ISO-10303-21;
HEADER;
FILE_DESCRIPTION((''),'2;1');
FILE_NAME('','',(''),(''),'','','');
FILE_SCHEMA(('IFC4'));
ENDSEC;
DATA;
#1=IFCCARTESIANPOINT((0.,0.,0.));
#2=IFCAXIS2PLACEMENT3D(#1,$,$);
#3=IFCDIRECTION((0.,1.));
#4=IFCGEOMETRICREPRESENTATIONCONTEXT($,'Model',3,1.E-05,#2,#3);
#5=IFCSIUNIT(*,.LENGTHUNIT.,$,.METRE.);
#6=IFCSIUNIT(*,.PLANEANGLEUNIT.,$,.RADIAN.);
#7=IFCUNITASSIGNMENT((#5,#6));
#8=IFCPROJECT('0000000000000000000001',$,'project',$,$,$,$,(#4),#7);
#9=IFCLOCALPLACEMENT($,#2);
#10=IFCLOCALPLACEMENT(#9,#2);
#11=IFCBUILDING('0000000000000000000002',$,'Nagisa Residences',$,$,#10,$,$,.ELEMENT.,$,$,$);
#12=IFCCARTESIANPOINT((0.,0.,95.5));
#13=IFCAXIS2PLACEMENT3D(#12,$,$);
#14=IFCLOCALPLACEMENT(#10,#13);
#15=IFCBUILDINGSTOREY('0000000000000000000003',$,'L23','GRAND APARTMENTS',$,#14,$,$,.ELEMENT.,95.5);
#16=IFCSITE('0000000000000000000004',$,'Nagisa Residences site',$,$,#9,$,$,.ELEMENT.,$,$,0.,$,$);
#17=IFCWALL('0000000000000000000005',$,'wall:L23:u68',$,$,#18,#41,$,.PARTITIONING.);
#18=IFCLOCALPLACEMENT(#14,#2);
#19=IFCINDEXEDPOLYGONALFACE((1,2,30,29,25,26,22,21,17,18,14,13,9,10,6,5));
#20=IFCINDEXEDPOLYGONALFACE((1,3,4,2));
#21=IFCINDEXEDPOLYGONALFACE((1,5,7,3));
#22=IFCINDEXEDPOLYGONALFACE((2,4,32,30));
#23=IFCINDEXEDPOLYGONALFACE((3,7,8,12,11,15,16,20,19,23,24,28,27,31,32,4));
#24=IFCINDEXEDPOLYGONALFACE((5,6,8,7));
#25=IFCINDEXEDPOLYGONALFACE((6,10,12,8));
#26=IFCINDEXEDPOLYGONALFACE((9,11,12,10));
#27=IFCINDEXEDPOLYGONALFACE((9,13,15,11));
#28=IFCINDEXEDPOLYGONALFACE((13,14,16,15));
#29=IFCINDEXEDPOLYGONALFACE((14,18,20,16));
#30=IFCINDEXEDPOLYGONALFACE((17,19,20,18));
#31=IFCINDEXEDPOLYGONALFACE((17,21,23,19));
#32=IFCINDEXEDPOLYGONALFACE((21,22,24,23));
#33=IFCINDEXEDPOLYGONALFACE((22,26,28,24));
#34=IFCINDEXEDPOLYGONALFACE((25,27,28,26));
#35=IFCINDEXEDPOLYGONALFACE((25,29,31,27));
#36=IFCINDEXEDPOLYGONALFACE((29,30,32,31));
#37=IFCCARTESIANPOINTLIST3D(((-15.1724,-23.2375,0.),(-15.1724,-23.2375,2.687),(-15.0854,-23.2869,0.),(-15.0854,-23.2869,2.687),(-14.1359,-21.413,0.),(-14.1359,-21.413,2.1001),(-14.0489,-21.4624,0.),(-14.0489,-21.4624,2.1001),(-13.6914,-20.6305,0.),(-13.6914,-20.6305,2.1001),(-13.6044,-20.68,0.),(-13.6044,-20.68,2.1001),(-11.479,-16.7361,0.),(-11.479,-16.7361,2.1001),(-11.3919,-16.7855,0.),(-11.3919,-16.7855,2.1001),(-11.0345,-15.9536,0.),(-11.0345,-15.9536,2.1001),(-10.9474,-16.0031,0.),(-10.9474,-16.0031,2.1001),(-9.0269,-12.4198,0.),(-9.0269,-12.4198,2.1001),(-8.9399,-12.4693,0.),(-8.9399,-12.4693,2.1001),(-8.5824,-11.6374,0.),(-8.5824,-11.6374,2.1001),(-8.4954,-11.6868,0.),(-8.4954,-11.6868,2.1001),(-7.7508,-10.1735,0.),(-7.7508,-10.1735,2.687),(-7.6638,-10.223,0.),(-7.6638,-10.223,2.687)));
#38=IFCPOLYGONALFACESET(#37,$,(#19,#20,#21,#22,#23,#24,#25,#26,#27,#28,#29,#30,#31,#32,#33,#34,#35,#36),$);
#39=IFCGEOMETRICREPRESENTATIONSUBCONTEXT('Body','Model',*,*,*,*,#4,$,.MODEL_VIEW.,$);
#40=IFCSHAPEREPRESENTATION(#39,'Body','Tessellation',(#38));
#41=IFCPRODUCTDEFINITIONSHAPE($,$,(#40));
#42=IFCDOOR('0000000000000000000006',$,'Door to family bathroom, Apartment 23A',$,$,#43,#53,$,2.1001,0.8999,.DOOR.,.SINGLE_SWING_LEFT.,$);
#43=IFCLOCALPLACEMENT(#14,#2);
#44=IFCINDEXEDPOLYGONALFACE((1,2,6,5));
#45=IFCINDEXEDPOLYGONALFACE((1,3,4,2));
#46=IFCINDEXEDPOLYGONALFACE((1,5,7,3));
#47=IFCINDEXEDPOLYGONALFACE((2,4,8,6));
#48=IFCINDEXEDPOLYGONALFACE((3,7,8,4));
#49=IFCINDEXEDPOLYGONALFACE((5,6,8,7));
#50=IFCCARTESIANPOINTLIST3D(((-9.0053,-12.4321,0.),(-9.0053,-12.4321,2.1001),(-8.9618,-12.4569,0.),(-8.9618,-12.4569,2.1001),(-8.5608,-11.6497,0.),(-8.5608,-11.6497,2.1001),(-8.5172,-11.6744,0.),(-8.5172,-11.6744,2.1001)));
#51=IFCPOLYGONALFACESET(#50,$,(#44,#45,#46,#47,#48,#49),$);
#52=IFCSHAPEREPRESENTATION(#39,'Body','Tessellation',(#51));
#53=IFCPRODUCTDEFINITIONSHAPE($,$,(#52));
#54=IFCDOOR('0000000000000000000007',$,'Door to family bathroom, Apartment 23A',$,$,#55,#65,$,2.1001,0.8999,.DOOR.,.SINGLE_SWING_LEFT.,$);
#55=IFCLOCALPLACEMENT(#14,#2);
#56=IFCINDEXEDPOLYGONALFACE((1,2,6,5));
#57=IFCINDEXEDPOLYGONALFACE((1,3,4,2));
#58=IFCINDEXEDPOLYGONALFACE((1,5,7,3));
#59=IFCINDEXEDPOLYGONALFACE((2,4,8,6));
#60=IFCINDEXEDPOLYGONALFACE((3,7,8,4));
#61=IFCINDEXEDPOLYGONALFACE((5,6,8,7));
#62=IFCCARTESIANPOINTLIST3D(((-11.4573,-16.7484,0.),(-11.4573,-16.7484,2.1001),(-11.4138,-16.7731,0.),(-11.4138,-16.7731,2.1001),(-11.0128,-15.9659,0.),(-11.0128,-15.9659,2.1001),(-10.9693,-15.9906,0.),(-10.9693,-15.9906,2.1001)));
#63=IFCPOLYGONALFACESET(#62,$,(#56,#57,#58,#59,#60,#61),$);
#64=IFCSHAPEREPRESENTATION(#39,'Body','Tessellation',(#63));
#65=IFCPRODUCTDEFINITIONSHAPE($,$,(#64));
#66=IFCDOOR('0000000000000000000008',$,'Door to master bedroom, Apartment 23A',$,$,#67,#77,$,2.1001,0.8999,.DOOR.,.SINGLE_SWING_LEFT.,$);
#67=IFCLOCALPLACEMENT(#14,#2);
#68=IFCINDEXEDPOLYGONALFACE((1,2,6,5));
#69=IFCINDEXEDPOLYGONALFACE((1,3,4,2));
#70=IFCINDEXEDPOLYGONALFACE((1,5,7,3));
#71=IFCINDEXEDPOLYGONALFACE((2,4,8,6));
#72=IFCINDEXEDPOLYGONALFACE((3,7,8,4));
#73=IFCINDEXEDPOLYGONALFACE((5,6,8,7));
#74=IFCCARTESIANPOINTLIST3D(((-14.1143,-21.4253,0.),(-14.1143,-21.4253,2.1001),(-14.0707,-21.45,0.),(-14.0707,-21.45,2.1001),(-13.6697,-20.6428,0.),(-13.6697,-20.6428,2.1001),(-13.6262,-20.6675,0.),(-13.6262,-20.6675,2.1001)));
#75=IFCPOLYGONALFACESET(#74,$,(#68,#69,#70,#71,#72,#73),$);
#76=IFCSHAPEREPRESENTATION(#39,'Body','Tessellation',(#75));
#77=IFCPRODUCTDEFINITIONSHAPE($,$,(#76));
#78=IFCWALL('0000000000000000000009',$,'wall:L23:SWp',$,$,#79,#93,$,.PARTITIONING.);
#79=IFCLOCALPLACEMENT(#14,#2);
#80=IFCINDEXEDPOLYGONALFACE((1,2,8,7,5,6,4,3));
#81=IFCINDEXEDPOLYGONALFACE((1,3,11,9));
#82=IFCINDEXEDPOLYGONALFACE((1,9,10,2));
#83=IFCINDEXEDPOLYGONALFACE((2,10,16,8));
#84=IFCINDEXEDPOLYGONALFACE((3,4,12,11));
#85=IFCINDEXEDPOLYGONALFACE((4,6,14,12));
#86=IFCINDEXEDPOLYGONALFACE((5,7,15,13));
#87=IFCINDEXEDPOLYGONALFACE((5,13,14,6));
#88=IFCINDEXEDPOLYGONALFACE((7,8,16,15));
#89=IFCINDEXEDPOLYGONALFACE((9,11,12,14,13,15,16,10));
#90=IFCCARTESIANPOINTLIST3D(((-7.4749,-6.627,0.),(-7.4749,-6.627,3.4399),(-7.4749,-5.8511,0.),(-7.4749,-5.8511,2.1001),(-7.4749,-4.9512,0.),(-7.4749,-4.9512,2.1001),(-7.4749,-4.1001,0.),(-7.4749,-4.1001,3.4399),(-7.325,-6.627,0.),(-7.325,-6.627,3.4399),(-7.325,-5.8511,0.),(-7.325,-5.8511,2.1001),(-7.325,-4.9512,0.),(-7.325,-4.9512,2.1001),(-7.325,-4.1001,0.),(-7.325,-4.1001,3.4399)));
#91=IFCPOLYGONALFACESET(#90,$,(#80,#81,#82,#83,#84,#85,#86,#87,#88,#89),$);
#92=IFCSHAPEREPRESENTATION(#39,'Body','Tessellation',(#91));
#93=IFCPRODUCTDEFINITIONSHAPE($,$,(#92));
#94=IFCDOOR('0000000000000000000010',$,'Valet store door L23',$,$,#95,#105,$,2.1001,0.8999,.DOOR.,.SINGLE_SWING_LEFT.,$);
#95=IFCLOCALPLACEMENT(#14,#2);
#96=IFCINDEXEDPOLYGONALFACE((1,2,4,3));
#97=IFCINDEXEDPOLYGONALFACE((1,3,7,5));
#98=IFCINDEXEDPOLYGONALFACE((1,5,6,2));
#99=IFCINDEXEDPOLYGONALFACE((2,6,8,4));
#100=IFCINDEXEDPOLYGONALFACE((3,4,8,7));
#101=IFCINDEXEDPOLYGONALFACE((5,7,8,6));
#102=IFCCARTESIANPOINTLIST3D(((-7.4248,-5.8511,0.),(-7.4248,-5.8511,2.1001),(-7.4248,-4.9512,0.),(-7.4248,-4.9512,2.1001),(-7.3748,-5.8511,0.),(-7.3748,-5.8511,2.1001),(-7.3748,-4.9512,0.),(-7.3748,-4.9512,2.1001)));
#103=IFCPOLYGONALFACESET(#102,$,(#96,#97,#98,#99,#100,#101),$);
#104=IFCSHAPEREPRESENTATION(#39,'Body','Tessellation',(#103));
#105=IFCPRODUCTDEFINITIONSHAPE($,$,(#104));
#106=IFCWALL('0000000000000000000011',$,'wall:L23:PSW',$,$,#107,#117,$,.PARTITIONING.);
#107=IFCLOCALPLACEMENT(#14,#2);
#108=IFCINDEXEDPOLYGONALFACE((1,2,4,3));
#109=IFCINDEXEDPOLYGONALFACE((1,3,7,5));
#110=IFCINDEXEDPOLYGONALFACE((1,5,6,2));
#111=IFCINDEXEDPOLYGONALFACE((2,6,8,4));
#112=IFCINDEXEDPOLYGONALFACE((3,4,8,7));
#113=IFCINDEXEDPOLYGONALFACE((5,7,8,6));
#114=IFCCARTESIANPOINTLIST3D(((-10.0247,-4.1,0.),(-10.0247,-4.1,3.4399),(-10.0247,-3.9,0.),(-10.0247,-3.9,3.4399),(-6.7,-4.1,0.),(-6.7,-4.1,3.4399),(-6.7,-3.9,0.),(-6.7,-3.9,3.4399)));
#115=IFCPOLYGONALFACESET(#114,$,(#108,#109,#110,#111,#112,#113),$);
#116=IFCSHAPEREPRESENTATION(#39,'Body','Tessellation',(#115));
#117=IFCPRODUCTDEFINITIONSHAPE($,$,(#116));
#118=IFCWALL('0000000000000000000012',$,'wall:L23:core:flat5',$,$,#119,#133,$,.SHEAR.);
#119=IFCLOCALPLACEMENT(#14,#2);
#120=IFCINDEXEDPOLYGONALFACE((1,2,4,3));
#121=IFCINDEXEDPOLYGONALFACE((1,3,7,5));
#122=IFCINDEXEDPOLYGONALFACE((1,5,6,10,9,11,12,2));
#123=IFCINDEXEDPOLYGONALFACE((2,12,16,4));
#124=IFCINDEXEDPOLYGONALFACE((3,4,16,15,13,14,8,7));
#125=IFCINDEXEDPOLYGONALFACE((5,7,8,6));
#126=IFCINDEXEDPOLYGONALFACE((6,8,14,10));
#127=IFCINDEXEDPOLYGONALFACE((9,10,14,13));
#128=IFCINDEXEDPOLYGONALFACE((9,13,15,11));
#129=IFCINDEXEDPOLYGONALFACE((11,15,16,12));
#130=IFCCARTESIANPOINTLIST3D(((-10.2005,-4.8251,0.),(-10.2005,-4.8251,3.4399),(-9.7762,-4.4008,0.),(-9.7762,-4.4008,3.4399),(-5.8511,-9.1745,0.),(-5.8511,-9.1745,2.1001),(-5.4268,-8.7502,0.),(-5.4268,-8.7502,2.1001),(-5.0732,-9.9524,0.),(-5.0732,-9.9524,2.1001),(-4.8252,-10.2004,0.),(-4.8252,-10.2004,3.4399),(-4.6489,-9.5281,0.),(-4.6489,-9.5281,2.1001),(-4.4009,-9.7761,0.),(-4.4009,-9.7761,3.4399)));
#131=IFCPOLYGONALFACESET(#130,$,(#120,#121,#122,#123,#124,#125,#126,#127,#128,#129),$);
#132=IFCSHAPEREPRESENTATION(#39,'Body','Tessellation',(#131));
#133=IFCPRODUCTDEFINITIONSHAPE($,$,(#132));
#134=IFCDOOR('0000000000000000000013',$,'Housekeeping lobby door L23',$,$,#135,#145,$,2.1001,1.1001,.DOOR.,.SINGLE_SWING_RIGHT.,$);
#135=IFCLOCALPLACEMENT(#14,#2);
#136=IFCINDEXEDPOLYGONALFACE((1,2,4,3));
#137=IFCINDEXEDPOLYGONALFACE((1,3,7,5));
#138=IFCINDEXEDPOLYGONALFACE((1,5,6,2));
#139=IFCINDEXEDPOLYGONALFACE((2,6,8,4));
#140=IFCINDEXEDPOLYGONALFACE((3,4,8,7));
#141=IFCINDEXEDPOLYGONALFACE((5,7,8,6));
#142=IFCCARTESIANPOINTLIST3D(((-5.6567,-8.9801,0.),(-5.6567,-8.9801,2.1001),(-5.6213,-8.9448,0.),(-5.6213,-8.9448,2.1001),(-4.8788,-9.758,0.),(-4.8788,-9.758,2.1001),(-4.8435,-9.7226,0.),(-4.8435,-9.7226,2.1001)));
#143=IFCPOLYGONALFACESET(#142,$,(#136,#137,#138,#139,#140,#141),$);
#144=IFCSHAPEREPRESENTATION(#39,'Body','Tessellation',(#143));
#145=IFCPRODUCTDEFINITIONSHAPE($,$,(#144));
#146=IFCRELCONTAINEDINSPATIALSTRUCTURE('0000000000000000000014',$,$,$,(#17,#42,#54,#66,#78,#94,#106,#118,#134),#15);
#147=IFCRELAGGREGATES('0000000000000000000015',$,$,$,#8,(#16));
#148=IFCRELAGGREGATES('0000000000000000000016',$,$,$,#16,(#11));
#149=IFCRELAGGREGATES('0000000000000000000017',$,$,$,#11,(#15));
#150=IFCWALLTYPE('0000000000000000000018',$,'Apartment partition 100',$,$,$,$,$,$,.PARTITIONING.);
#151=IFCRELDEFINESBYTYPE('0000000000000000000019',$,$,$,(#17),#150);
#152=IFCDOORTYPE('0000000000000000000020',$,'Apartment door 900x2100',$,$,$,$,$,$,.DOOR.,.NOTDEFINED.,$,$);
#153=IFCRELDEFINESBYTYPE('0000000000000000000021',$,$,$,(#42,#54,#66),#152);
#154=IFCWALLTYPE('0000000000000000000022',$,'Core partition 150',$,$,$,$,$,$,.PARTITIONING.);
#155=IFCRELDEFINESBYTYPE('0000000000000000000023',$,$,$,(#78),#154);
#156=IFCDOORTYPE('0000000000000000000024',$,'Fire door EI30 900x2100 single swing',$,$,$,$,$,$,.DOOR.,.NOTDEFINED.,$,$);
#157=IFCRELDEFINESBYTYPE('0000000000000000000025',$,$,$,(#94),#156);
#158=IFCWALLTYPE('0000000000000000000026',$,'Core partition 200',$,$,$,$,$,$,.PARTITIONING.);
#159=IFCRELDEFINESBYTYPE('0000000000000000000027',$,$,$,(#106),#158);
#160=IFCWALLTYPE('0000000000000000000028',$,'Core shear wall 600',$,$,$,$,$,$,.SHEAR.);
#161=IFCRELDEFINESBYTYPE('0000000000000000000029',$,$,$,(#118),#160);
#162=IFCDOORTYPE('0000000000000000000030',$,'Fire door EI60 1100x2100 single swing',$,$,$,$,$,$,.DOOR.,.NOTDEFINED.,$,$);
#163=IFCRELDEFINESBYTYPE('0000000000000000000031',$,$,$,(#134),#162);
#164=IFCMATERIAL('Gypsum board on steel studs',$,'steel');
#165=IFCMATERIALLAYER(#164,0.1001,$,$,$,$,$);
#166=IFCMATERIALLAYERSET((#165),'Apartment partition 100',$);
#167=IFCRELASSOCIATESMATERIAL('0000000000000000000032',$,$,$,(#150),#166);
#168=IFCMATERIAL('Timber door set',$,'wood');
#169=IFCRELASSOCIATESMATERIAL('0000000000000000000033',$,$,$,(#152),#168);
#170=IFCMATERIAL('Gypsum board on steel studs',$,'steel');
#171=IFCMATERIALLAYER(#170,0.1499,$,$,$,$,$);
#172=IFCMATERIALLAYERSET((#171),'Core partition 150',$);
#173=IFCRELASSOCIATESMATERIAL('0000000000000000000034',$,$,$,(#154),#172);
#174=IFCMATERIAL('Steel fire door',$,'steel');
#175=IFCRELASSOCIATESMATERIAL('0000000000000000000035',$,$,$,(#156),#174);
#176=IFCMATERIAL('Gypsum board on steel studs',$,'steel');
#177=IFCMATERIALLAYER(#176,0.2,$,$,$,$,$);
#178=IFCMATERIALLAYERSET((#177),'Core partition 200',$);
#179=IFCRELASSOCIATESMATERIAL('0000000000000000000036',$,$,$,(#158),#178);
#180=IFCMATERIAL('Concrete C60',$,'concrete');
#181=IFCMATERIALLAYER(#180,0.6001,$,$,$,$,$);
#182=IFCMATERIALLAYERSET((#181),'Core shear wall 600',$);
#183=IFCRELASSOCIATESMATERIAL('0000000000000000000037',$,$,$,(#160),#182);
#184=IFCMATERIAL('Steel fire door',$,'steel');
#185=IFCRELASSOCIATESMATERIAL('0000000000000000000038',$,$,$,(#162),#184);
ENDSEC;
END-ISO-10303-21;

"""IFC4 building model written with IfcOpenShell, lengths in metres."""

from ifc_helpers import new_model, si_unit, direction, frame, frame_2d, origin, place, context, subcontext, project, spatial, rectangle, extrude, material, layer, layer_set, type_object, element, fill, save


model = new_model("IFC4")

# Units and contexts
model_context = context("Model", 3, precision=1e-05, world=origin(), true_north=direction((0.0, 1.0)))
body_context = subcontext(model_context, "Body", "Model", "MODEL_VIEW")
ifc_project = project(units=[si_unit("LENGTHUNIT", "METRE"), si_unit("PLANEANGLEUNIT", "RADIAN")], contexts=[model_context])

# Site, building, storey
site_placement = place(None, origin())
site = spatial("IfcSite", under=ifc_project, at=site_placement, Name="Nagisa Residences site", CompositionType="ELEMENT", RefElevation=0.0)
building_placement = place(site_placement, origin())
building = spatial("IfcBuilding", under=site, at=building_placement, Name="Nagisa Residences", CompositionType="ELEMENT")
storey_placement = place(building_placement, frame((0.0, 0.0, 95.5)))
storey = spatial("IfcBuildingStorey", under=building, at=storey_placement, Name="L23", Description="GRAND APARTMENTS", CompositionType="ELEMENT", Elevation=95.5)

# Wall, openings, doors
ifc_material_1 = material(Name="Gypsum board on steel studs", Category="steel")
ifc_layer_1 = layer(ifc_material_1, 0.1001)
ifc_layer_set_1 = layer_set([ifc_layer_1], Name="Apartment partition 100")
wall_type_1 = type_object("IfcWallType", Name="Apartment partition 100", PredefinedType="PARTITIONING", material=ifc_layer_set_1)
ifc_material_2 = material(Name="Timber door set", Category="wood")
door_type_1 = type_object("IfcDoorType", Name="Apartment door 900x2100", OperationType="NOTDEFINED", PredefinedType="DOOR", material=ifc_material_2)
wall_1_placement = place(storey_placement, frame((-7.7073, -10.1982, 0.0), z_axis=(0.0, 0.0, 1.0), x_axis=(-0.493955, -0.869487, 0.0)))
wall_1 = element("IfcWall", 1, at=wall_1_placement, inside=storey, type_object=wall_type_1, Name="wall:L23:u68", PredefinedType="PARTITIONING", context=body_context, shape_type="SweptSolid", body=[
    extrude(rectangle(XDim=15.0249, YDim=0.1001, at=frame_2d((7.5125, 0.0))), origin(), (0.0, 0.0, 1.0), 2.687),
])
opening_1_placement = place(wall_1_placement, frame((1.6836, 0.0, 0.0)))
opening_1 = element("IfcOpeningElement", 2, at=opening_1_placement, cuts=wall_1, PredefinedType="OPENING", context=body_context, shape_type="SweptSolid", body=[
    extrude(rectangle(XDim=0.8999, YDim=2.1001, at=frame_2d((0.45, 1.05))), frame((0.0, 0.0601, 0.0), z_axis=(0.0, -1.0, 0.0), x_axis=(1.0, 0.0, 0.0)), (0.0, 0.0, 1.0), 0.1201),
])
opening_2_placement = place(wall_1_placement, frame((6.6477, 0.0, 0.0)))
opening_2 = element("IfcOpeningElement", 3, at=opening_2_placement, cuts=wall_1, PredefinedType="OPENING", context=body_context, shape_type="SweptSolid", body=[
    extrude(rectangle(XDim=0.8999, YDim=2.1001, at=frame_2d((0.45, 1.05))), frame((0.0, 0.0601, 0.0), z_axis=(0.0, -1.0, 0.0), x_axis=(1.0, 0.0, 0.0)), (0.0, 0.0, 1.0), 0.1201),
])
opening_3_placement = place(wall_1_placement, frame((12.0266, 0.0, 0.0)))
opening_3 = element("IfcOpeningElement", 4, at=opening_3_placement, cuts=wall_1, PredefinedType="OPENING", context=body_context, shape_type="SweptSolid", body=[
    extrude(rectangle(XDim=0.8999, YDim=2.1001, at=frame_2d((0.45, 1.05))), frame((0.0, 0.0601, 0.0), z_axis=(0.0, -1.0, 0.0), x_axis=(1.0, 0.0, 0.0)), (0.0, 0.0, 1.0), 0.1201),
])
door_1_placement = place(opening_1_placement, origin())
door_1 = element("IfcDoor", 5, at=door_1_placement, inside=storey, type_object=door_type_1, Name="Door to family bathroom, Apartment 23A", OperationType="SINGLE_SWING_LEFT", OverallHeight=2.1001, OverallWidth=0.8999, PredefinedType="DOOR", context=body_context, shape_type="SweptSolid", body=[
    extrude(rectangle(XDim=0.8999, YDim=2.1001, at=frame_2d((0.45, 1.05))), frame((0.0, 0.0249, 0.0), z_axis=(0.0, -1.0, 0.0), x_axis=(1.0, 0.0, 0.0)), (0.0, 0.0, 1.0), 0.05),
])
fill(opening_1, door_1)
door_2_placement = place(opening_2_placement, origin())
door_2 = element("IfcDoor", 6, at=door_2_placement, inside=storey, type_object=door_type_1, Name="Door to family bathroom, Apartment 23A", OperationType="SINGLE_SWING_LEFT", OverallHeight=2.1001, OverallWidth=0.8999, PredefinedType="DOOR", context=body_context, shape_type="SweptSolid", body=[
    extrude(rectangle(XDim=0.8999, YDim=2.1001, at=frame_2d((0.45, 1.05))), frame((0.0, 0.0249, 0.0), z_axis=(0.0, -1.0, 0.0), x_axis=(1.0, 0.0, 0.0)), (0.0, 0.0, 1.0), 0.05),
])
fill(opening_2, door_2)
door_3_placement = place(opening_3_placement, origin())
door_3 = element("IfcDoor", 7, at=door_3_placement, inside=storey, type_object=door_type_1, Name="Door to master bedroom, Apartment 23A", OperationType="SINGLE_SWING_LEFT", OverallHeight=2.1001, OverallWidth=0.8999, PredefinedType="DOOR", context=body_context, shape_type="SweptSolid", body=[
    extrude(rectangle(XDim=0.8999, YDim=2.1001, at=frame_2d((0.45, 1.05))), frame((0.0, 0.0249, 0.0), z_axis=(0.0, -1.0, 0.0), x_axis=(1.0, 0.0, 0.0)), (0.0, 0.0, 1.0), 0.05),
])
fill(opening_3, door_3)

# Wall, opening, door
ifc_material_3 = material(Name="Gypsum board on steel studs", Category="steel")
ifc_layer_2 = layer(ifc_material_3, 0.1499)
ifc_layer_set_2 = layer_set([ifc_layer_2], Name="Core partition 150")
wall_type_2 = type_object("IfcWallType", Name="Core partition 150", PredefinedType="PARTITIONING", material=ifc_layer_set_2)
wall_2_placement = place(storey_placement, frame((-7.3999, -6.627, 0.0), z_axis=(0.0, 0.0, 1.0), x_axis=(0.0, 1.0, 0.0)))
wall_2 = element("IfcWall", 8, at=wall_2_placement, inside=storey, type_object=wall_type_2, Name="wall:L23:SWp", PredefinedType="PARTITIONING", context=body_context, shape_type="SweptSolid", body=[
    extrude(rectangle(XDim=2.5269, YDim=0.1499, at=frame_2d((1.2634, 0.0))), origin(), (0.0, 0.0, 1.0), 3.4399),
])
opening_4_placement = place(wall_2_placement, frame((0.7759, 0.0, 0.0)))
opening_4 = element("IfcOpeningElement", 9, at=opening_4_placement, cuts=wall_2, PredefinedType="OPENING", context=body_context, shape_type="SweptSolid", body=[
    extrude(rectangle(XDim=0.8999, YDim=2.1001, at=frame_2d((0.45, 1.05))), frame((0.0, 0.085, 0.0), z_axis=(0.0, -1.0, 0.0), x_axis=(1.0, 0.0, 0.0)), (0.0, 0.0, 1.0), 0.1699),
])
ifc_material_4 = material(Name="Steel fire door", Category="steel")
door_type_2 = type_object("IfcDoorType", Name="Fire door EI30 900x2100 single swing", OperationType="NOTDEFINED", PredefinedType="DOOR", material=ifc_material_4)
door_4_placement = place(opening_4_placement, origin())
door_4 = element("IfcDoor", 10, at=door_4_placement, inside=storey, type_object=door_type_2, Name="Valet store door L23", OperationType="SINGLE_SWING_LEFT", OverallHeight=2.1001, OverallWidth=0.8999, PredefinedType="DOOR", context=body_context, shape_type="SweptSolid", body=[
    extrude(rectangle(XDim=0.8999, YDim=2.1001, at=frame_2d((0.45, 1.05))), frame((0.0, 0.0249, 0.0), z_axis=(0.0, -1.0, 0.0), x_axis=(1.0, 0.0, 0.0)), (0.0, 0.0, 1.0), 0.05),
])
fill(opening_4, door_4)

# Wall
ifc_material_5 = material(Name="Gypsum board on steel studs", Category="steel")
ifc_layer_3 = layer(ifc_material_5, 0.2)
ifc_layer_set_3 = layer_set([ifc_layer_3], Name="Core partition 200")
wall_type_3 = type_object("IfcWallType", Name="Core partition 200", PredefinedType="PARTITIONING", material=ifc_layer_set_3)
wall_3_placement = place(storey_placement, frame((-10.0247, -4.0, 0.0), z_axis=(0.0, 0.0, 1.0), x_axis=(1.0, 0.0, 0.0)))
element("IfcWall", 11, at=wall_3_placement, inside=storey, type_object=wall_type_3, Name="wall:L23:PSW", PredefinedType="PARTITIONING", context=body_context, shape_type="SweptSolid", body=[
    extrude(rectangle(XDim=3.3247, YDim=0.2, at=frame_2d((1.6624, 0.0))), origin(), (0.0, 0.0, 1.0), 3.4399),
])

# Wall, opening, door
ifc_material_6 = material(Name="Concrete C60", Category="concrete")
ifc_layer_4 = layer(ifc_material_6, 0.6001)
ifc_layer_set_4 = layer_set([ifc_layer_4], Name="Core shear wall 600")
wall_type_4 = type_object("IfcWallType", Name="Core shear wall 600", PredefinedType="SHEAR", material=ifc_layer_set_4)
wall_4_placement = place(storey_placement, frame((-9.9883, -4.613, 0.0), z_axis=(0.0, 0.0, 1.0), x_axis=(0.707107, -0.707107, 0.0)))
wall_4 = element("IfcWall", 12, at=wall_4_placement, inside=storey, type_object=wall_type_4, Name="wall:L23:core:flat5", PredefinedType="SHEAR", context=body_context, shape_type="SweptSolid", body=[
    extrude(rectangle(XDim=7.6018, YDim=0.6001, at=frame_2d((3.8008, 0.0))), origin(), (0.0, 0.0, 1.0), 3.4399),
])
opening_5_placement = place(wall_4_placement, frame((6.1509, 0.0, 0.0)))
opening_5 = element("IfcOpeningElement", 13, at=opening_5_placement, cuts=wall_4, PredefinedType="OPENING", context=body_context, shape_type="SweptSolid", body=[
    extrude(rectangle(XDim=1.1001, YDim=2.1001, at=frame_2d((0.55, 1.05))), frame((0.0, 0.3101, 0.0), z_axis=(0.0, -1.0, 0.0), x_axis=(1.0, 0.0, 0.0)), (0.0, 0.0, 1.0), 0.6201),
])
ifc_material_7 = material(Name="Steel fire door", Category="steel")
door_type_3 = type_object("IfcDoorType", Name="Fire door EI60 1100x2100 single swing", OperationType="NOTDEFINED", PredefinedType="DOOR", material=ifc_material_7)
door_5_placement = place(opening_5_placement, origin())
door_5 = element("IfcDoor", 14, at=door_5_placement, inside=storey, type_object=door_type_3, Name="Housekeeping lobby door L23", OperationType="SINGLE_SWING_RIGHT", OverallHeight=2.1001, OverallWidth=1.1001, PredefinedType="DOOR", context=body_context, shape_type="SweptSolid", body=[
    extrude(rectangle(XDim=1.1001, YDim=2.1001, at=frame_2d((0.55, 1.05))), frame((0.0, 0.0249, 0.0), z_axis=(0.0, -1.0, 0.0), x_axis=(1.0, 0.0, 0.0)), (0.0, 0.0, 1.0), 0.05),
])
fill(opening_5, door_5)

save(model, "model.ifc")
